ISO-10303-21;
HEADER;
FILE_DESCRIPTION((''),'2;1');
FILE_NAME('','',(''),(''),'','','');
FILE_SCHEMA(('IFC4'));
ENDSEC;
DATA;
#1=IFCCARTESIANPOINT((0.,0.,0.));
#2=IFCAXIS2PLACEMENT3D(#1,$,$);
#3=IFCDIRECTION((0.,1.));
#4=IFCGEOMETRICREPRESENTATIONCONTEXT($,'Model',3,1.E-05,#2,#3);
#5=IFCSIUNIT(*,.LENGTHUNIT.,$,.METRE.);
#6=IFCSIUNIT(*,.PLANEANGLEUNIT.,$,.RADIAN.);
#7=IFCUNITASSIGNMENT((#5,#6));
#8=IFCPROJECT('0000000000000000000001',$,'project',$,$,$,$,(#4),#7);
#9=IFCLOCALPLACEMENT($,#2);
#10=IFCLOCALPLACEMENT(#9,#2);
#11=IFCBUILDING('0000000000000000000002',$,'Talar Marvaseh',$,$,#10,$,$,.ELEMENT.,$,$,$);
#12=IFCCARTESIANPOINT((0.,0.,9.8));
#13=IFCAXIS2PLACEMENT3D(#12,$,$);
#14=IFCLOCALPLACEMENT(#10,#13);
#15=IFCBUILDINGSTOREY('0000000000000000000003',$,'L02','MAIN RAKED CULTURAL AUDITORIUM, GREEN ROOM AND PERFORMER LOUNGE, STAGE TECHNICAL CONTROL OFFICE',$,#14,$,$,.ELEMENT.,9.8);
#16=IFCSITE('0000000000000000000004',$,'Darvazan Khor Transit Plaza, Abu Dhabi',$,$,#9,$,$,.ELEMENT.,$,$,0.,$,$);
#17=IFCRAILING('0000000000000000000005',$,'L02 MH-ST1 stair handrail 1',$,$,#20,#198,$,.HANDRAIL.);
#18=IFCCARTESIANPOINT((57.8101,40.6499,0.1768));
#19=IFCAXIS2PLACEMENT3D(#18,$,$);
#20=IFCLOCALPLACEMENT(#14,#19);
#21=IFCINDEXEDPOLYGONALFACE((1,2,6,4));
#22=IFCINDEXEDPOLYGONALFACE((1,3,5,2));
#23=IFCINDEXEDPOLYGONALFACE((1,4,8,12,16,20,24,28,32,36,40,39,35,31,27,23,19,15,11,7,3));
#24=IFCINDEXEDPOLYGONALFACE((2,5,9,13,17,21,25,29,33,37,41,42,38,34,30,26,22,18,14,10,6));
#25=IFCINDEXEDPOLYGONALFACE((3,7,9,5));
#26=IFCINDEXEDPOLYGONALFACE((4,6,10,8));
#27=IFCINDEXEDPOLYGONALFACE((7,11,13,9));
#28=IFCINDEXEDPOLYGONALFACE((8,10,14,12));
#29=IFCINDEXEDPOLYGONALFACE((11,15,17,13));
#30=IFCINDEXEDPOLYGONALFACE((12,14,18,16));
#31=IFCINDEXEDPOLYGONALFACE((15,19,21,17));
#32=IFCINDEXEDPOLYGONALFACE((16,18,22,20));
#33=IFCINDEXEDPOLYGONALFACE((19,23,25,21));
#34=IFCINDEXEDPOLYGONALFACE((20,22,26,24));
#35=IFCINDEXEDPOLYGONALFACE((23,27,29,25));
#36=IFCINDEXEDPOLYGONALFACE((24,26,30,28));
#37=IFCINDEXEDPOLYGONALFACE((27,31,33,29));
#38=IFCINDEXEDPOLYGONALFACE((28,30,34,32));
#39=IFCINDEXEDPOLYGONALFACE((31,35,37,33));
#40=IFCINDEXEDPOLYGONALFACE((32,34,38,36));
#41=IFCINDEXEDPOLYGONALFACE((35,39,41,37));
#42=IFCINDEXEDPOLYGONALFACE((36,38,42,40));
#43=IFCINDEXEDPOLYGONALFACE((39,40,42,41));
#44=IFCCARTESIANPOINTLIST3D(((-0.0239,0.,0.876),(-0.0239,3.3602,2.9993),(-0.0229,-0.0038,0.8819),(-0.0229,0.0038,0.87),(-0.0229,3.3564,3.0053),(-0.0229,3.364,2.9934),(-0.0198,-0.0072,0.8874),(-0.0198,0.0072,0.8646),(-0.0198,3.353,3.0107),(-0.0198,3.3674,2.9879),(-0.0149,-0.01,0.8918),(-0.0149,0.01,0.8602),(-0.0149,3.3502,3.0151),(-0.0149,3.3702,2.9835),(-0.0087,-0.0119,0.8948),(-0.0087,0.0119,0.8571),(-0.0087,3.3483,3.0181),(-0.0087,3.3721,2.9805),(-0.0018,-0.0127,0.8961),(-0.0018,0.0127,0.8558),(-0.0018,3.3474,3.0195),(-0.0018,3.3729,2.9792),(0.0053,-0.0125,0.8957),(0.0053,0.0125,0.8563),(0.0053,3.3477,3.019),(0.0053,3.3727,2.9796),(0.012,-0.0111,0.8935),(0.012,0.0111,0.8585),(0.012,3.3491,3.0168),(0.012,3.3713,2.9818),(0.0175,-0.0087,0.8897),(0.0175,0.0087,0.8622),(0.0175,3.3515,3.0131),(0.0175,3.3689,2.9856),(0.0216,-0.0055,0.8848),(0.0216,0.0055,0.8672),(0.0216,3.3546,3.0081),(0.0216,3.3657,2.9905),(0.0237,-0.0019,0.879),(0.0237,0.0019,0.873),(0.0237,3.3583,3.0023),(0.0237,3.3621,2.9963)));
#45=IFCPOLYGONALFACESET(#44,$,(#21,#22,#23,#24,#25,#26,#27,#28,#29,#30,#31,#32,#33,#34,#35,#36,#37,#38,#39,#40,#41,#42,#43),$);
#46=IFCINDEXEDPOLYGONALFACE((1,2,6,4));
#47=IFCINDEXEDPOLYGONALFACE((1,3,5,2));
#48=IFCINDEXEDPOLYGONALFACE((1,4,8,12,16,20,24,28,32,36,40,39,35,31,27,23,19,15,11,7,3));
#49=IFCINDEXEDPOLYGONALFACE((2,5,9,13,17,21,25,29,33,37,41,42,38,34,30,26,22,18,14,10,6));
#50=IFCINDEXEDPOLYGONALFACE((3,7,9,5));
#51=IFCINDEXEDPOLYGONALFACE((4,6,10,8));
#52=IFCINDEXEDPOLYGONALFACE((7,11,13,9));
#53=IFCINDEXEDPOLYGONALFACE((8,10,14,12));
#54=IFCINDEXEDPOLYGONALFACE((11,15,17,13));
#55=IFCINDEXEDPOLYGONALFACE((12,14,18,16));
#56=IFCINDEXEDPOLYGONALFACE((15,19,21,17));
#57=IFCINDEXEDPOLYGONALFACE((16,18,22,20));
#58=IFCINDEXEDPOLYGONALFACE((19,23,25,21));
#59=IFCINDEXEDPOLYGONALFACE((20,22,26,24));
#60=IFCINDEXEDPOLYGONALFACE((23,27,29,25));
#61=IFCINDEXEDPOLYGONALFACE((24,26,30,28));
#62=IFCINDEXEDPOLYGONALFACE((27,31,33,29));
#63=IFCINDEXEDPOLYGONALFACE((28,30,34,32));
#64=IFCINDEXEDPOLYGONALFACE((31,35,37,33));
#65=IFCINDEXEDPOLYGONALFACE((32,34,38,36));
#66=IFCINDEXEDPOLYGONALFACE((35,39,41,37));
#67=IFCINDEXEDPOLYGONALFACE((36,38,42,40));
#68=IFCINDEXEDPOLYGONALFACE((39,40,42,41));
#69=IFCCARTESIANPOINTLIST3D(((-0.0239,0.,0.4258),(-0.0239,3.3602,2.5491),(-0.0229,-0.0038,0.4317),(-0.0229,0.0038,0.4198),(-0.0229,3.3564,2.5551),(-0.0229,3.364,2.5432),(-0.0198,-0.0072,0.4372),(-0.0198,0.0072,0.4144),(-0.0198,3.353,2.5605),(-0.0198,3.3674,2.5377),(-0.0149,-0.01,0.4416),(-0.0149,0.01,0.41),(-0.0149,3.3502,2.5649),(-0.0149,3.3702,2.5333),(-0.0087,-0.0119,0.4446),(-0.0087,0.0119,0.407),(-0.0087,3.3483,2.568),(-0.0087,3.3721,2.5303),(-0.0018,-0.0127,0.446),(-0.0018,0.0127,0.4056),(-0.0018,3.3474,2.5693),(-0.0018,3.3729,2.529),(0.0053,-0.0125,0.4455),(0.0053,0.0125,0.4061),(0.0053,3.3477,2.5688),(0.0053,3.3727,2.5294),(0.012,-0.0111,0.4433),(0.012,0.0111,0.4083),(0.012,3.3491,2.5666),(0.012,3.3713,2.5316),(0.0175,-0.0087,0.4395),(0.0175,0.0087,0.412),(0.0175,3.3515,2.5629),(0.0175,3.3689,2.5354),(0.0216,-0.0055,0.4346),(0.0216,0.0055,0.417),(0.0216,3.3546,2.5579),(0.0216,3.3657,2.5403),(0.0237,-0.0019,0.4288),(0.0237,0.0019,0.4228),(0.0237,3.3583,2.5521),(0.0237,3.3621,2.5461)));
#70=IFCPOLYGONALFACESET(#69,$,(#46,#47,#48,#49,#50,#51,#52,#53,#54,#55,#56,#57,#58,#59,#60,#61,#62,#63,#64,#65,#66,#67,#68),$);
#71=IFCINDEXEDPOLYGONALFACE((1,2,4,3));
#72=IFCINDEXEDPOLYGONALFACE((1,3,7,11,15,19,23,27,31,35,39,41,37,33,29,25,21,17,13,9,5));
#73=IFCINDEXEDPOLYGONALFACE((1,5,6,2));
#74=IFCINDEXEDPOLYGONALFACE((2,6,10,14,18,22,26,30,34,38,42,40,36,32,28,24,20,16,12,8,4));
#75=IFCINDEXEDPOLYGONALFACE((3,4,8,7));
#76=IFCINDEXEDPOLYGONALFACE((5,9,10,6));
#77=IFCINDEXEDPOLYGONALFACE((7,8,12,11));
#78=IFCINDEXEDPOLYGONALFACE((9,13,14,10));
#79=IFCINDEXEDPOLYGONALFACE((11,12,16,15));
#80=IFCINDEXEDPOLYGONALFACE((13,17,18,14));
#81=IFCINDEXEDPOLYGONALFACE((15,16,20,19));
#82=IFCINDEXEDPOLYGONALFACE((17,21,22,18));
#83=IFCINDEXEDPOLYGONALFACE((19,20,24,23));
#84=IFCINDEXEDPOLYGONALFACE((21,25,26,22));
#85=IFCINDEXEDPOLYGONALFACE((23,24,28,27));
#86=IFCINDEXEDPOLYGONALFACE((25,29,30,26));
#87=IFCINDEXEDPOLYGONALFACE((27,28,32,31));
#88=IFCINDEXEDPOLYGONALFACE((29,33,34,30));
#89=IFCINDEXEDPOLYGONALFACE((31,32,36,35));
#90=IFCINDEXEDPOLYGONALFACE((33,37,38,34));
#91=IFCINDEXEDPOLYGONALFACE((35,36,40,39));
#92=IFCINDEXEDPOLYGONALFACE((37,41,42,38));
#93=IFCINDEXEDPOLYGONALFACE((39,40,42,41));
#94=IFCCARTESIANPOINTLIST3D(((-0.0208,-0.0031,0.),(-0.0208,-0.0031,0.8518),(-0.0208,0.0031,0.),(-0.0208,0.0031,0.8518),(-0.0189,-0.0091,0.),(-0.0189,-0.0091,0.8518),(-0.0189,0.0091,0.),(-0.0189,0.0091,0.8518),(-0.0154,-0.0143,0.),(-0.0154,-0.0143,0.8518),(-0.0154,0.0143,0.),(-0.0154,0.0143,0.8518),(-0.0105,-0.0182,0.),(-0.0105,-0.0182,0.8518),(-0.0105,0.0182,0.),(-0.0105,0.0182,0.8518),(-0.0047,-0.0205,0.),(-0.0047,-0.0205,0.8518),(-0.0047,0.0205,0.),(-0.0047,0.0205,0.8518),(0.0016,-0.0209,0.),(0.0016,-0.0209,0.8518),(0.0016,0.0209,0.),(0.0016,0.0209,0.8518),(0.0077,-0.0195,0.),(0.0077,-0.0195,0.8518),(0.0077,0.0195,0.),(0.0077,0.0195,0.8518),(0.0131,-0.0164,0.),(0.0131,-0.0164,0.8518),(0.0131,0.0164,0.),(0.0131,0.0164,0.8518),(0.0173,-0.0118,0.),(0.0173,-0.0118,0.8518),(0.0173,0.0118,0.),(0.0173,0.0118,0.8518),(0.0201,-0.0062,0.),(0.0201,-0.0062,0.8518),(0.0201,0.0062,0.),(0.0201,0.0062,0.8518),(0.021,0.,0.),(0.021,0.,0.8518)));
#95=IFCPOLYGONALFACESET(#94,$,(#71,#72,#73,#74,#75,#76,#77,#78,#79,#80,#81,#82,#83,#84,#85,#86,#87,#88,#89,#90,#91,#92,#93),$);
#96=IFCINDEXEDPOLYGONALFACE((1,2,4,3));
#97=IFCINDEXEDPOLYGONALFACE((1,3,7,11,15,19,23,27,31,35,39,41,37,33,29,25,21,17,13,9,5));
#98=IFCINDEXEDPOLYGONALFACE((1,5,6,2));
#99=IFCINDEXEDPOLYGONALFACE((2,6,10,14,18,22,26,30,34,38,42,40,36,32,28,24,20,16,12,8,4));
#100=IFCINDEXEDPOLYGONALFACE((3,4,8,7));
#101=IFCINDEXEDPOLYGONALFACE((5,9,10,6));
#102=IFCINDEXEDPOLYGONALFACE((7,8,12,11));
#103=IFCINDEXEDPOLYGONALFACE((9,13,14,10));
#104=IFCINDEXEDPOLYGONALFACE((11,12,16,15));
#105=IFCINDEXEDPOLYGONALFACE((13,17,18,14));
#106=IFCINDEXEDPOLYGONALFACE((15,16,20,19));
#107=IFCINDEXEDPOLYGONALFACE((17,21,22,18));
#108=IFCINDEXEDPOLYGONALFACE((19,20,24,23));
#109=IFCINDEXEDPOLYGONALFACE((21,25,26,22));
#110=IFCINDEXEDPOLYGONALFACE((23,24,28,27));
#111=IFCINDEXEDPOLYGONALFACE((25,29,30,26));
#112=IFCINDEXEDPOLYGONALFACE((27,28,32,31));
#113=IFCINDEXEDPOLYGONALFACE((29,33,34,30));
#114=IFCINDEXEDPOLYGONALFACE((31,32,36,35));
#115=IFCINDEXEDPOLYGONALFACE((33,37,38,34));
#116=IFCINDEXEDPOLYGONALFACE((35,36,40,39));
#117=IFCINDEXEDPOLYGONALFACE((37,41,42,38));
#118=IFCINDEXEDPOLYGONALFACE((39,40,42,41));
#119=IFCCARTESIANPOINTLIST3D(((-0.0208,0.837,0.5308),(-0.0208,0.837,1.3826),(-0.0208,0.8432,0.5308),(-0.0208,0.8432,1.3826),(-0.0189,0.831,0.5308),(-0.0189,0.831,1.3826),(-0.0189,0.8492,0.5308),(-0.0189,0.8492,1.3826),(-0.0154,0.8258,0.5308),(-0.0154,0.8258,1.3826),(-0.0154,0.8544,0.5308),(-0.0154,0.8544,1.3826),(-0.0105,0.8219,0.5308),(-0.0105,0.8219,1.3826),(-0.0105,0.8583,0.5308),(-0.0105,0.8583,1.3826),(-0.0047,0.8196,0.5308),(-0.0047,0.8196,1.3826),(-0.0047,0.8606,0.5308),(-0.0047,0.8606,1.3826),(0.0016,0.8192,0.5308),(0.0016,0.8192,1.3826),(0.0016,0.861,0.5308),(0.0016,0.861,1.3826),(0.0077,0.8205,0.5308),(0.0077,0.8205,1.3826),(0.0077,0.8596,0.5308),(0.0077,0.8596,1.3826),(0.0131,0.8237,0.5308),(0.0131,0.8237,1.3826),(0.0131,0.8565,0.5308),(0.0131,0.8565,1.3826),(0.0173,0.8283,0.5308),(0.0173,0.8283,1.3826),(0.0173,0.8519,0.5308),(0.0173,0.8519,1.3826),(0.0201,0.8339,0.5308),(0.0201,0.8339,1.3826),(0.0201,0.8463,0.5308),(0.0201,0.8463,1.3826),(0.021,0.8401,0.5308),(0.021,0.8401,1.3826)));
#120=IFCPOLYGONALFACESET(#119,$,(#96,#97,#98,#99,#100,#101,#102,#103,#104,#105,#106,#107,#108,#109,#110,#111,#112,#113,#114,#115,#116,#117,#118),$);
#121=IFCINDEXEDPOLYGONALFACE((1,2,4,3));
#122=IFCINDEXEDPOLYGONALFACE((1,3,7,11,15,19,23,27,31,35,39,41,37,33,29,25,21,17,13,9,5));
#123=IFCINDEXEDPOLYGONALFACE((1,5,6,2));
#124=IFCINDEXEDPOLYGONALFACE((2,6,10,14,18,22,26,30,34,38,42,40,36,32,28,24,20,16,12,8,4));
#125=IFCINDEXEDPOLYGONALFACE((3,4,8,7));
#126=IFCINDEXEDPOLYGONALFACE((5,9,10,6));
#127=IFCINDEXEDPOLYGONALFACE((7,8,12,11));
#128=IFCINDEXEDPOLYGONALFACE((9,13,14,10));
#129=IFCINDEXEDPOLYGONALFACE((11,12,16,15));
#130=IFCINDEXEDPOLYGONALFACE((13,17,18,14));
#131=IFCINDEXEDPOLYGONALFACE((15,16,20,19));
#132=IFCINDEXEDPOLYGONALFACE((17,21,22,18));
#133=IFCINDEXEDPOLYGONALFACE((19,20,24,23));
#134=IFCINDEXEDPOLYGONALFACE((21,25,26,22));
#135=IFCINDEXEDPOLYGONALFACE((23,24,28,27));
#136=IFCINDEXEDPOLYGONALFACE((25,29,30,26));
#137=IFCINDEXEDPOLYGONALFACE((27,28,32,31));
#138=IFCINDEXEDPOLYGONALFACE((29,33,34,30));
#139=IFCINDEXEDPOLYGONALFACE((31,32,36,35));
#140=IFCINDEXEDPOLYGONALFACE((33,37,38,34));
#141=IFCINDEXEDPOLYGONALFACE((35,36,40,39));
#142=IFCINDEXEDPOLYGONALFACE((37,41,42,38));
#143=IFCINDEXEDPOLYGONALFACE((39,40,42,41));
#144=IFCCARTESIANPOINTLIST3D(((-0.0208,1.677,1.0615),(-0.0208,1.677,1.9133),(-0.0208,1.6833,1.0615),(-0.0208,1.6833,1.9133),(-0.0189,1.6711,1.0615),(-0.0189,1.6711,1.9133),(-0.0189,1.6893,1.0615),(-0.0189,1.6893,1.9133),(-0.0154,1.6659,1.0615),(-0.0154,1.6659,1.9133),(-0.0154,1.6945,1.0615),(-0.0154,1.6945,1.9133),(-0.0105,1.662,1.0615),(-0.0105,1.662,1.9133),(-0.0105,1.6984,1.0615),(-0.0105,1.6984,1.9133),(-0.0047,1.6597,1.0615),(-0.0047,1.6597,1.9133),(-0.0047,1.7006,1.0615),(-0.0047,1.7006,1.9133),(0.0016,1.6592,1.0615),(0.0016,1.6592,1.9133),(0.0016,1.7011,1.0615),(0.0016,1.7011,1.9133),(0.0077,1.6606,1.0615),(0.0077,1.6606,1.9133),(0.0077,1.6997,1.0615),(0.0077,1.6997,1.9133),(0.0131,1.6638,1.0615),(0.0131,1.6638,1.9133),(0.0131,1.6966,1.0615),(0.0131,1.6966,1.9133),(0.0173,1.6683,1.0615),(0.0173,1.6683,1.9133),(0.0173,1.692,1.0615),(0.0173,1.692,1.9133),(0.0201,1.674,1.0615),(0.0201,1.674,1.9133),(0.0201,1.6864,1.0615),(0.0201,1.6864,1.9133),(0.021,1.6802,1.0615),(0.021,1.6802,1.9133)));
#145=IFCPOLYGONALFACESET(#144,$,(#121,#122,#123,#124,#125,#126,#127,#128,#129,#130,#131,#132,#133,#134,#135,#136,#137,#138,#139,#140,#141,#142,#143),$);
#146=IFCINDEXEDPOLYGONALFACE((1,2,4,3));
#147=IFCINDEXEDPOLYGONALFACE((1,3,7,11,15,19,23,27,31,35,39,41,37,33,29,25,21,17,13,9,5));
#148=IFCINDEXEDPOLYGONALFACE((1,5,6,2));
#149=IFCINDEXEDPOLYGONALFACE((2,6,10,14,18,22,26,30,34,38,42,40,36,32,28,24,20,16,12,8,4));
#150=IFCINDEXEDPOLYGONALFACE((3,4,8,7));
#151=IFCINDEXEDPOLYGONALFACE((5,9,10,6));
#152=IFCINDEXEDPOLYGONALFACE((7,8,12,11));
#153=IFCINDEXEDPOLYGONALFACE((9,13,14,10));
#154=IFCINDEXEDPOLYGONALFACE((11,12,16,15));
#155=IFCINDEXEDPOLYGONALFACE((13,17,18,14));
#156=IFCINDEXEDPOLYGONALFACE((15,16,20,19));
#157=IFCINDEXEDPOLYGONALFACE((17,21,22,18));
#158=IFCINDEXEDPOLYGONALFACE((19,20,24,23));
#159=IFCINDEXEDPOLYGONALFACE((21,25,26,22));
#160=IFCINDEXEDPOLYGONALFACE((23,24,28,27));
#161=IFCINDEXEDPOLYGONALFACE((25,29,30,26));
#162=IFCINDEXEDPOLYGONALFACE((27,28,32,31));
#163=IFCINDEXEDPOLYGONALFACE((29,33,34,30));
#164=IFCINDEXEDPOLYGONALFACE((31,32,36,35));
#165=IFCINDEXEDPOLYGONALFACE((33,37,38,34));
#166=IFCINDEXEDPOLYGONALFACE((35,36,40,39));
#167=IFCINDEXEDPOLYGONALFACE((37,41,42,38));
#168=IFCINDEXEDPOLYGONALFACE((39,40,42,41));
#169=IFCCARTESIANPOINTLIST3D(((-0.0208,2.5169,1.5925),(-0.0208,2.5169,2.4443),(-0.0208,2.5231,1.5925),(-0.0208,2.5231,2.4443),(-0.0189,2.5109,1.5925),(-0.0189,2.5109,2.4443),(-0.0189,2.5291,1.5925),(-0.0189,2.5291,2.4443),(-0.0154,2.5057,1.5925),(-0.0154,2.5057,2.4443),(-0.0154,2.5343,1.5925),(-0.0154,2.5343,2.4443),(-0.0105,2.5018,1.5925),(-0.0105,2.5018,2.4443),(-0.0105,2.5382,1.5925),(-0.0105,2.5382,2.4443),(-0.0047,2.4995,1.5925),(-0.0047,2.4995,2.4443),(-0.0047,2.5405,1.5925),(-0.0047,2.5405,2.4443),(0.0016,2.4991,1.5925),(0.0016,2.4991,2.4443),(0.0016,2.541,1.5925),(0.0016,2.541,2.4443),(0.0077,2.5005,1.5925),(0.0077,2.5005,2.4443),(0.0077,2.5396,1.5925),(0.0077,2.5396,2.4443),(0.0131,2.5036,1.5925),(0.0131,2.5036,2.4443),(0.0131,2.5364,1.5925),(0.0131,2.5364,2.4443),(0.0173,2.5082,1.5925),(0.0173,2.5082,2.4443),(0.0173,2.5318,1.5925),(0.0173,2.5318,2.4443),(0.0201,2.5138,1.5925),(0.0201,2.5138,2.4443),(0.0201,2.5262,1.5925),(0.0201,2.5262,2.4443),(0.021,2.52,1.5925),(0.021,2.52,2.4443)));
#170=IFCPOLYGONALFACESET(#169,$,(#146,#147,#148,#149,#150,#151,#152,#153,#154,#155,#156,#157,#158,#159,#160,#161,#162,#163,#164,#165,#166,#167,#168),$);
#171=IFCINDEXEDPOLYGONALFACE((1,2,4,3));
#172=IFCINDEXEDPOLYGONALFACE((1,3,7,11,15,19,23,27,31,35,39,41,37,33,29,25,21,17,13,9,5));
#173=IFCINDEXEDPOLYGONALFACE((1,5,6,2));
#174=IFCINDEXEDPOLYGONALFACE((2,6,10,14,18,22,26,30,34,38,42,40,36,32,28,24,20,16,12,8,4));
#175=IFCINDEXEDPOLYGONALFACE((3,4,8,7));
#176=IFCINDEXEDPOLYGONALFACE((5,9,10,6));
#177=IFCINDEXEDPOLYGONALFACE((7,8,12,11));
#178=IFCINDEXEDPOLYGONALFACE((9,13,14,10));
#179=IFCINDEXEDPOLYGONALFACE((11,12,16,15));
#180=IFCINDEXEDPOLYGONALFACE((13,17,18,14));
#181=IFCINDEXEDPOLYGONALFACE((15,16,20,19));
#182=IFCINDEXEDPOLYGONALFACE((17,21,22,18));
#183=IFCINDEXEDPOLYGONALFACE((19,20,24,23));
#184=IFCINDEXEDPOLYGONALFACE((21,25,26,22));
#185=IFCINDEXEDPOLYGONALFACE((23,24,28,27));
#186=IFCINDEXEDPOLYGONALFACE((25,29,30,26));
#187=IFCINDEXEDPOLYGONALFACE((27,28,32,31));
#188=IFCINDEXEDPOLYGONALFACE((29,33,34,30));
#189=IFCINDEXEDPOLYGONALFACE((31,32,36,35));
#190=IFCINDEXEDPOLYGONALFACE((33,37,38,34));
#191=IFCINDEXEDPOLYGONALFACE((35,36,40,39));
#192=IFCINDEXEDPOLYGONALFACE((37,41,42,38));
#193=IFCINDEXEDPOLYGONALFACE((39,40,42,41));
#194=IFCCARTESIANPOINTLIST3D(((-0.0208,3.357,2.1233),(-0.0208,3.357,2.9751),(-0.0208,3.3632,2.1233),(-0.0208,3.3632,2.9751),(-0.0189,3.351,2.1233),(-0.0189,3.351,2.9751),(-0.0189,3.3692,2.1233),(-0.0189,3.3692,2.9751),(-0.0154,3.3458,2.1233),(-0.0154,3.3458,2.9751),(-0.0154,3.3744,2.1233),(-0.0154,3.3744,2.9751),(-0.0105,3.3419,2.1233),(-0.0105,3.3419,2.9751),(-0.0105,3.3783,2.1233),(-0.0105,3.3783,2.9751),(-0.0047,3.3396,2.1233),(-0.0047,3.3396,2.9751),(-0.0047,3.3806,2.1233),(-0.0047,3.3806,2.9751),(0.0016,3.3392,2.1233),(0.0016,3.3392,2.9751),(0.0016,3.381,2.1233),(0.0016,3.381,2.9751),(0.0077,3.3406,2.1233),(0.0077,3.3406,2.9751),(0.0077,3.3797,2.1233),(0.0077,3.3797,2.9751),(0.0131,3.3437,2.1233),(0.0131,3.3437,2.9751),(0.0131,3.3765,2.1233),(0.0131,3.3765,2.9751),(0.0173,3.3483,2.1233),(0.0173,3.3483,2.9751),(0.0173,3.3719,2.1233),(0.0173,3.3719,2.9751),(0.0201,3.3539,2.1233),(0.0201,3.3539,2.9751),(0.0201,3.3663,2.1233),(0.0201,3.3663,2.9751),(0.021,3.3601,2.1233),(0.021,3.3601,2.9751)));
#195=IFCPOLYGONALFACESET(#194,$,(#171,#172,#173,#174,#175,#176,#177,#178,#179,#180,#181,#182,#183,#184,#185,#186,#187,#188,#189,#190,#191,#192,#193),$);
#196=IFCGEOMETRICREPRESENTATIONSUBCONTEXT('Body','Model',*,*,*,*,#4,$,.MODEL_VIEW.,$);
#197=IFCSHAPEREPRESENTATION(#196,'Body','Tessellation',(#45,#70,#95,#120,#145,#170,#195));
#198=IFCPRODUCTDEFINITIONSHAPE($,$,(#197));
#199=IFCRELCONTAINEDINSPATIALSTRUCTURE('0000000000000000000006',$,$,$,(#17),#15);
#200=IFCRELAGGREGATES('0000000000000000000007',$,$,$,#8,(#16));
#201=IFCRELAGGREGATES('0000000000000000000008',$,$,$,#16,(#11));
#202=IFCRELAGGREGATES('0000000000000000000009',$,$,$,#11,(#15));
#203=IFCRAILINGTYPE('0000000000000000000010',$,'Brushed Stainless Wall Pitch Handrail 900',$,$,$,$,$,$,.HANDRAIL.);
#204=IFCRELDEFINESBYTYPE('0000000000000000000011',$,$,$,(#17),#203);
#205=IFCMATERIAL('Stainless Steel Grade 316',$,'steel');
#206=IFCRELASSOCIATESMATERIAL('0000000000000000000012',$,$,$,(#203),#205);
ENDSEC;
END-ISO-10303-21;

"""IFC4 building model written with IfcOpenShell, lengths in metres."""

from ifc_helpers import new_model, si_unit, direction, frame, origin, origin_2d, place, context, subcontext, project, spatial, circle, extrude, material, type_object, element, save


model = new_model("IFC4")

# Units and contexts
model_context = context("Model", 3, precision=1e-05, world=origin(), true_north=direction((0.0, 1.0)))
body_context = subcontext(model_context, "Body", "Model", "MODEL_VIEW")
ifc_project = project(units=[si_unit("LENGTHUNIT", "METRE"), si_unit("PLANEANGLEUNIT", "RADIAN")], contexts=[model_context])

# Site, building, storey
site_placement = place(None, origin())
site = spatial("IfcSite", under=ifc_project, at=site_placement, Name="Darvazan Khor Transit Plaza, Abu Dhabi", CompositionType="ELEMENT", RefElevation=0.0)
building_placement = place(site_placement, origin())
building = spatial("IfcBuilding", under=site, at=building_placement, Name="Talar Marvaseh", CompositionType="ELEMENT")
storey_placement = place(building_placement, frame((0.0, 0.0, 9.8)))
storey = spatial("IfcBuildingStorey", under=building, at=storey_placement, Name="L02", Description="MAIN RAKED CULTURAL AUDITORIUM, GREEN ROOM AND PERFORMER LOUNGE, STAGE TECHNICAL CONTROL OFFICE", CompositionType="ELEMENT", Elevation=9.8)

# Railing
ifc_material_1 = material(Name="Stainless Steel Grade 316", Category="steel")
railing_type_1 = type_object("IfcRailingType", Name="Brushed Stainless Wall Pitch Handrail 900", PredefinedType="HANDRAIL", material=ifc_material_1)
railing_1_placement = place(storey_placement, frame((57.8101, 40.6499, 0.1768)))
element("IfcRailing", 1, at=railing_1_placement, inside=storey, type_object=railing_type_1, Name="L02 MH-ST1 stair handrail 1", PredefinedType="HANDRAIL", context=body_context, shape_type="SweptSolid", body=[
    extrude(circle(Radius=0.0239, at=origin_2d()), frame((0.0, 0.0, 0.876), z_axis=(0.0, 0.845362, 0.534194), x_axis=(-1.0, 0.0, 0.0)), (0.0, 0.0, 1.0), 3.9749),
    extrude(circle(Radius=0.0239, at=origin_2d()), frame((0.0, 0.0, 0.4258), z_axis=(0.0, 0.845362, 0.534194), x_axis=(-1.0, 0.0, 0.0)), (0.0, 0.0, 1.0), 3.9749),
    extrude(circle(Radius=0.021, at=origin_2d()), origin(), (0.0, 0.0, 1.0), 0.8518),
    extrude(circle(Radius=0.021, at=origin_2d()), frame((0.0, 0.8401, 0.5308)), (0.0, 0.0, 1.0), 0.8518),
    extrude(circle(Radius=0.021, at=origin_2d()), frame((0.0, 1.6802, 1.0615)), (0.0, 0.0, 1.0), 0.8518),
    extrude(circle(Radius=0.021, at=origin_2d()), frame((0.0, 2.52, 1.5925)), (0.0, 0.0, 1.0), 0.8518),
    extrude(circle(Radius=0.021, at=origin_2d()), frame((0.0, 3.3601, 2.1233)), (0.0, 0.0, 1.0), 0.8518),
])

save(model, "model.ifc")
